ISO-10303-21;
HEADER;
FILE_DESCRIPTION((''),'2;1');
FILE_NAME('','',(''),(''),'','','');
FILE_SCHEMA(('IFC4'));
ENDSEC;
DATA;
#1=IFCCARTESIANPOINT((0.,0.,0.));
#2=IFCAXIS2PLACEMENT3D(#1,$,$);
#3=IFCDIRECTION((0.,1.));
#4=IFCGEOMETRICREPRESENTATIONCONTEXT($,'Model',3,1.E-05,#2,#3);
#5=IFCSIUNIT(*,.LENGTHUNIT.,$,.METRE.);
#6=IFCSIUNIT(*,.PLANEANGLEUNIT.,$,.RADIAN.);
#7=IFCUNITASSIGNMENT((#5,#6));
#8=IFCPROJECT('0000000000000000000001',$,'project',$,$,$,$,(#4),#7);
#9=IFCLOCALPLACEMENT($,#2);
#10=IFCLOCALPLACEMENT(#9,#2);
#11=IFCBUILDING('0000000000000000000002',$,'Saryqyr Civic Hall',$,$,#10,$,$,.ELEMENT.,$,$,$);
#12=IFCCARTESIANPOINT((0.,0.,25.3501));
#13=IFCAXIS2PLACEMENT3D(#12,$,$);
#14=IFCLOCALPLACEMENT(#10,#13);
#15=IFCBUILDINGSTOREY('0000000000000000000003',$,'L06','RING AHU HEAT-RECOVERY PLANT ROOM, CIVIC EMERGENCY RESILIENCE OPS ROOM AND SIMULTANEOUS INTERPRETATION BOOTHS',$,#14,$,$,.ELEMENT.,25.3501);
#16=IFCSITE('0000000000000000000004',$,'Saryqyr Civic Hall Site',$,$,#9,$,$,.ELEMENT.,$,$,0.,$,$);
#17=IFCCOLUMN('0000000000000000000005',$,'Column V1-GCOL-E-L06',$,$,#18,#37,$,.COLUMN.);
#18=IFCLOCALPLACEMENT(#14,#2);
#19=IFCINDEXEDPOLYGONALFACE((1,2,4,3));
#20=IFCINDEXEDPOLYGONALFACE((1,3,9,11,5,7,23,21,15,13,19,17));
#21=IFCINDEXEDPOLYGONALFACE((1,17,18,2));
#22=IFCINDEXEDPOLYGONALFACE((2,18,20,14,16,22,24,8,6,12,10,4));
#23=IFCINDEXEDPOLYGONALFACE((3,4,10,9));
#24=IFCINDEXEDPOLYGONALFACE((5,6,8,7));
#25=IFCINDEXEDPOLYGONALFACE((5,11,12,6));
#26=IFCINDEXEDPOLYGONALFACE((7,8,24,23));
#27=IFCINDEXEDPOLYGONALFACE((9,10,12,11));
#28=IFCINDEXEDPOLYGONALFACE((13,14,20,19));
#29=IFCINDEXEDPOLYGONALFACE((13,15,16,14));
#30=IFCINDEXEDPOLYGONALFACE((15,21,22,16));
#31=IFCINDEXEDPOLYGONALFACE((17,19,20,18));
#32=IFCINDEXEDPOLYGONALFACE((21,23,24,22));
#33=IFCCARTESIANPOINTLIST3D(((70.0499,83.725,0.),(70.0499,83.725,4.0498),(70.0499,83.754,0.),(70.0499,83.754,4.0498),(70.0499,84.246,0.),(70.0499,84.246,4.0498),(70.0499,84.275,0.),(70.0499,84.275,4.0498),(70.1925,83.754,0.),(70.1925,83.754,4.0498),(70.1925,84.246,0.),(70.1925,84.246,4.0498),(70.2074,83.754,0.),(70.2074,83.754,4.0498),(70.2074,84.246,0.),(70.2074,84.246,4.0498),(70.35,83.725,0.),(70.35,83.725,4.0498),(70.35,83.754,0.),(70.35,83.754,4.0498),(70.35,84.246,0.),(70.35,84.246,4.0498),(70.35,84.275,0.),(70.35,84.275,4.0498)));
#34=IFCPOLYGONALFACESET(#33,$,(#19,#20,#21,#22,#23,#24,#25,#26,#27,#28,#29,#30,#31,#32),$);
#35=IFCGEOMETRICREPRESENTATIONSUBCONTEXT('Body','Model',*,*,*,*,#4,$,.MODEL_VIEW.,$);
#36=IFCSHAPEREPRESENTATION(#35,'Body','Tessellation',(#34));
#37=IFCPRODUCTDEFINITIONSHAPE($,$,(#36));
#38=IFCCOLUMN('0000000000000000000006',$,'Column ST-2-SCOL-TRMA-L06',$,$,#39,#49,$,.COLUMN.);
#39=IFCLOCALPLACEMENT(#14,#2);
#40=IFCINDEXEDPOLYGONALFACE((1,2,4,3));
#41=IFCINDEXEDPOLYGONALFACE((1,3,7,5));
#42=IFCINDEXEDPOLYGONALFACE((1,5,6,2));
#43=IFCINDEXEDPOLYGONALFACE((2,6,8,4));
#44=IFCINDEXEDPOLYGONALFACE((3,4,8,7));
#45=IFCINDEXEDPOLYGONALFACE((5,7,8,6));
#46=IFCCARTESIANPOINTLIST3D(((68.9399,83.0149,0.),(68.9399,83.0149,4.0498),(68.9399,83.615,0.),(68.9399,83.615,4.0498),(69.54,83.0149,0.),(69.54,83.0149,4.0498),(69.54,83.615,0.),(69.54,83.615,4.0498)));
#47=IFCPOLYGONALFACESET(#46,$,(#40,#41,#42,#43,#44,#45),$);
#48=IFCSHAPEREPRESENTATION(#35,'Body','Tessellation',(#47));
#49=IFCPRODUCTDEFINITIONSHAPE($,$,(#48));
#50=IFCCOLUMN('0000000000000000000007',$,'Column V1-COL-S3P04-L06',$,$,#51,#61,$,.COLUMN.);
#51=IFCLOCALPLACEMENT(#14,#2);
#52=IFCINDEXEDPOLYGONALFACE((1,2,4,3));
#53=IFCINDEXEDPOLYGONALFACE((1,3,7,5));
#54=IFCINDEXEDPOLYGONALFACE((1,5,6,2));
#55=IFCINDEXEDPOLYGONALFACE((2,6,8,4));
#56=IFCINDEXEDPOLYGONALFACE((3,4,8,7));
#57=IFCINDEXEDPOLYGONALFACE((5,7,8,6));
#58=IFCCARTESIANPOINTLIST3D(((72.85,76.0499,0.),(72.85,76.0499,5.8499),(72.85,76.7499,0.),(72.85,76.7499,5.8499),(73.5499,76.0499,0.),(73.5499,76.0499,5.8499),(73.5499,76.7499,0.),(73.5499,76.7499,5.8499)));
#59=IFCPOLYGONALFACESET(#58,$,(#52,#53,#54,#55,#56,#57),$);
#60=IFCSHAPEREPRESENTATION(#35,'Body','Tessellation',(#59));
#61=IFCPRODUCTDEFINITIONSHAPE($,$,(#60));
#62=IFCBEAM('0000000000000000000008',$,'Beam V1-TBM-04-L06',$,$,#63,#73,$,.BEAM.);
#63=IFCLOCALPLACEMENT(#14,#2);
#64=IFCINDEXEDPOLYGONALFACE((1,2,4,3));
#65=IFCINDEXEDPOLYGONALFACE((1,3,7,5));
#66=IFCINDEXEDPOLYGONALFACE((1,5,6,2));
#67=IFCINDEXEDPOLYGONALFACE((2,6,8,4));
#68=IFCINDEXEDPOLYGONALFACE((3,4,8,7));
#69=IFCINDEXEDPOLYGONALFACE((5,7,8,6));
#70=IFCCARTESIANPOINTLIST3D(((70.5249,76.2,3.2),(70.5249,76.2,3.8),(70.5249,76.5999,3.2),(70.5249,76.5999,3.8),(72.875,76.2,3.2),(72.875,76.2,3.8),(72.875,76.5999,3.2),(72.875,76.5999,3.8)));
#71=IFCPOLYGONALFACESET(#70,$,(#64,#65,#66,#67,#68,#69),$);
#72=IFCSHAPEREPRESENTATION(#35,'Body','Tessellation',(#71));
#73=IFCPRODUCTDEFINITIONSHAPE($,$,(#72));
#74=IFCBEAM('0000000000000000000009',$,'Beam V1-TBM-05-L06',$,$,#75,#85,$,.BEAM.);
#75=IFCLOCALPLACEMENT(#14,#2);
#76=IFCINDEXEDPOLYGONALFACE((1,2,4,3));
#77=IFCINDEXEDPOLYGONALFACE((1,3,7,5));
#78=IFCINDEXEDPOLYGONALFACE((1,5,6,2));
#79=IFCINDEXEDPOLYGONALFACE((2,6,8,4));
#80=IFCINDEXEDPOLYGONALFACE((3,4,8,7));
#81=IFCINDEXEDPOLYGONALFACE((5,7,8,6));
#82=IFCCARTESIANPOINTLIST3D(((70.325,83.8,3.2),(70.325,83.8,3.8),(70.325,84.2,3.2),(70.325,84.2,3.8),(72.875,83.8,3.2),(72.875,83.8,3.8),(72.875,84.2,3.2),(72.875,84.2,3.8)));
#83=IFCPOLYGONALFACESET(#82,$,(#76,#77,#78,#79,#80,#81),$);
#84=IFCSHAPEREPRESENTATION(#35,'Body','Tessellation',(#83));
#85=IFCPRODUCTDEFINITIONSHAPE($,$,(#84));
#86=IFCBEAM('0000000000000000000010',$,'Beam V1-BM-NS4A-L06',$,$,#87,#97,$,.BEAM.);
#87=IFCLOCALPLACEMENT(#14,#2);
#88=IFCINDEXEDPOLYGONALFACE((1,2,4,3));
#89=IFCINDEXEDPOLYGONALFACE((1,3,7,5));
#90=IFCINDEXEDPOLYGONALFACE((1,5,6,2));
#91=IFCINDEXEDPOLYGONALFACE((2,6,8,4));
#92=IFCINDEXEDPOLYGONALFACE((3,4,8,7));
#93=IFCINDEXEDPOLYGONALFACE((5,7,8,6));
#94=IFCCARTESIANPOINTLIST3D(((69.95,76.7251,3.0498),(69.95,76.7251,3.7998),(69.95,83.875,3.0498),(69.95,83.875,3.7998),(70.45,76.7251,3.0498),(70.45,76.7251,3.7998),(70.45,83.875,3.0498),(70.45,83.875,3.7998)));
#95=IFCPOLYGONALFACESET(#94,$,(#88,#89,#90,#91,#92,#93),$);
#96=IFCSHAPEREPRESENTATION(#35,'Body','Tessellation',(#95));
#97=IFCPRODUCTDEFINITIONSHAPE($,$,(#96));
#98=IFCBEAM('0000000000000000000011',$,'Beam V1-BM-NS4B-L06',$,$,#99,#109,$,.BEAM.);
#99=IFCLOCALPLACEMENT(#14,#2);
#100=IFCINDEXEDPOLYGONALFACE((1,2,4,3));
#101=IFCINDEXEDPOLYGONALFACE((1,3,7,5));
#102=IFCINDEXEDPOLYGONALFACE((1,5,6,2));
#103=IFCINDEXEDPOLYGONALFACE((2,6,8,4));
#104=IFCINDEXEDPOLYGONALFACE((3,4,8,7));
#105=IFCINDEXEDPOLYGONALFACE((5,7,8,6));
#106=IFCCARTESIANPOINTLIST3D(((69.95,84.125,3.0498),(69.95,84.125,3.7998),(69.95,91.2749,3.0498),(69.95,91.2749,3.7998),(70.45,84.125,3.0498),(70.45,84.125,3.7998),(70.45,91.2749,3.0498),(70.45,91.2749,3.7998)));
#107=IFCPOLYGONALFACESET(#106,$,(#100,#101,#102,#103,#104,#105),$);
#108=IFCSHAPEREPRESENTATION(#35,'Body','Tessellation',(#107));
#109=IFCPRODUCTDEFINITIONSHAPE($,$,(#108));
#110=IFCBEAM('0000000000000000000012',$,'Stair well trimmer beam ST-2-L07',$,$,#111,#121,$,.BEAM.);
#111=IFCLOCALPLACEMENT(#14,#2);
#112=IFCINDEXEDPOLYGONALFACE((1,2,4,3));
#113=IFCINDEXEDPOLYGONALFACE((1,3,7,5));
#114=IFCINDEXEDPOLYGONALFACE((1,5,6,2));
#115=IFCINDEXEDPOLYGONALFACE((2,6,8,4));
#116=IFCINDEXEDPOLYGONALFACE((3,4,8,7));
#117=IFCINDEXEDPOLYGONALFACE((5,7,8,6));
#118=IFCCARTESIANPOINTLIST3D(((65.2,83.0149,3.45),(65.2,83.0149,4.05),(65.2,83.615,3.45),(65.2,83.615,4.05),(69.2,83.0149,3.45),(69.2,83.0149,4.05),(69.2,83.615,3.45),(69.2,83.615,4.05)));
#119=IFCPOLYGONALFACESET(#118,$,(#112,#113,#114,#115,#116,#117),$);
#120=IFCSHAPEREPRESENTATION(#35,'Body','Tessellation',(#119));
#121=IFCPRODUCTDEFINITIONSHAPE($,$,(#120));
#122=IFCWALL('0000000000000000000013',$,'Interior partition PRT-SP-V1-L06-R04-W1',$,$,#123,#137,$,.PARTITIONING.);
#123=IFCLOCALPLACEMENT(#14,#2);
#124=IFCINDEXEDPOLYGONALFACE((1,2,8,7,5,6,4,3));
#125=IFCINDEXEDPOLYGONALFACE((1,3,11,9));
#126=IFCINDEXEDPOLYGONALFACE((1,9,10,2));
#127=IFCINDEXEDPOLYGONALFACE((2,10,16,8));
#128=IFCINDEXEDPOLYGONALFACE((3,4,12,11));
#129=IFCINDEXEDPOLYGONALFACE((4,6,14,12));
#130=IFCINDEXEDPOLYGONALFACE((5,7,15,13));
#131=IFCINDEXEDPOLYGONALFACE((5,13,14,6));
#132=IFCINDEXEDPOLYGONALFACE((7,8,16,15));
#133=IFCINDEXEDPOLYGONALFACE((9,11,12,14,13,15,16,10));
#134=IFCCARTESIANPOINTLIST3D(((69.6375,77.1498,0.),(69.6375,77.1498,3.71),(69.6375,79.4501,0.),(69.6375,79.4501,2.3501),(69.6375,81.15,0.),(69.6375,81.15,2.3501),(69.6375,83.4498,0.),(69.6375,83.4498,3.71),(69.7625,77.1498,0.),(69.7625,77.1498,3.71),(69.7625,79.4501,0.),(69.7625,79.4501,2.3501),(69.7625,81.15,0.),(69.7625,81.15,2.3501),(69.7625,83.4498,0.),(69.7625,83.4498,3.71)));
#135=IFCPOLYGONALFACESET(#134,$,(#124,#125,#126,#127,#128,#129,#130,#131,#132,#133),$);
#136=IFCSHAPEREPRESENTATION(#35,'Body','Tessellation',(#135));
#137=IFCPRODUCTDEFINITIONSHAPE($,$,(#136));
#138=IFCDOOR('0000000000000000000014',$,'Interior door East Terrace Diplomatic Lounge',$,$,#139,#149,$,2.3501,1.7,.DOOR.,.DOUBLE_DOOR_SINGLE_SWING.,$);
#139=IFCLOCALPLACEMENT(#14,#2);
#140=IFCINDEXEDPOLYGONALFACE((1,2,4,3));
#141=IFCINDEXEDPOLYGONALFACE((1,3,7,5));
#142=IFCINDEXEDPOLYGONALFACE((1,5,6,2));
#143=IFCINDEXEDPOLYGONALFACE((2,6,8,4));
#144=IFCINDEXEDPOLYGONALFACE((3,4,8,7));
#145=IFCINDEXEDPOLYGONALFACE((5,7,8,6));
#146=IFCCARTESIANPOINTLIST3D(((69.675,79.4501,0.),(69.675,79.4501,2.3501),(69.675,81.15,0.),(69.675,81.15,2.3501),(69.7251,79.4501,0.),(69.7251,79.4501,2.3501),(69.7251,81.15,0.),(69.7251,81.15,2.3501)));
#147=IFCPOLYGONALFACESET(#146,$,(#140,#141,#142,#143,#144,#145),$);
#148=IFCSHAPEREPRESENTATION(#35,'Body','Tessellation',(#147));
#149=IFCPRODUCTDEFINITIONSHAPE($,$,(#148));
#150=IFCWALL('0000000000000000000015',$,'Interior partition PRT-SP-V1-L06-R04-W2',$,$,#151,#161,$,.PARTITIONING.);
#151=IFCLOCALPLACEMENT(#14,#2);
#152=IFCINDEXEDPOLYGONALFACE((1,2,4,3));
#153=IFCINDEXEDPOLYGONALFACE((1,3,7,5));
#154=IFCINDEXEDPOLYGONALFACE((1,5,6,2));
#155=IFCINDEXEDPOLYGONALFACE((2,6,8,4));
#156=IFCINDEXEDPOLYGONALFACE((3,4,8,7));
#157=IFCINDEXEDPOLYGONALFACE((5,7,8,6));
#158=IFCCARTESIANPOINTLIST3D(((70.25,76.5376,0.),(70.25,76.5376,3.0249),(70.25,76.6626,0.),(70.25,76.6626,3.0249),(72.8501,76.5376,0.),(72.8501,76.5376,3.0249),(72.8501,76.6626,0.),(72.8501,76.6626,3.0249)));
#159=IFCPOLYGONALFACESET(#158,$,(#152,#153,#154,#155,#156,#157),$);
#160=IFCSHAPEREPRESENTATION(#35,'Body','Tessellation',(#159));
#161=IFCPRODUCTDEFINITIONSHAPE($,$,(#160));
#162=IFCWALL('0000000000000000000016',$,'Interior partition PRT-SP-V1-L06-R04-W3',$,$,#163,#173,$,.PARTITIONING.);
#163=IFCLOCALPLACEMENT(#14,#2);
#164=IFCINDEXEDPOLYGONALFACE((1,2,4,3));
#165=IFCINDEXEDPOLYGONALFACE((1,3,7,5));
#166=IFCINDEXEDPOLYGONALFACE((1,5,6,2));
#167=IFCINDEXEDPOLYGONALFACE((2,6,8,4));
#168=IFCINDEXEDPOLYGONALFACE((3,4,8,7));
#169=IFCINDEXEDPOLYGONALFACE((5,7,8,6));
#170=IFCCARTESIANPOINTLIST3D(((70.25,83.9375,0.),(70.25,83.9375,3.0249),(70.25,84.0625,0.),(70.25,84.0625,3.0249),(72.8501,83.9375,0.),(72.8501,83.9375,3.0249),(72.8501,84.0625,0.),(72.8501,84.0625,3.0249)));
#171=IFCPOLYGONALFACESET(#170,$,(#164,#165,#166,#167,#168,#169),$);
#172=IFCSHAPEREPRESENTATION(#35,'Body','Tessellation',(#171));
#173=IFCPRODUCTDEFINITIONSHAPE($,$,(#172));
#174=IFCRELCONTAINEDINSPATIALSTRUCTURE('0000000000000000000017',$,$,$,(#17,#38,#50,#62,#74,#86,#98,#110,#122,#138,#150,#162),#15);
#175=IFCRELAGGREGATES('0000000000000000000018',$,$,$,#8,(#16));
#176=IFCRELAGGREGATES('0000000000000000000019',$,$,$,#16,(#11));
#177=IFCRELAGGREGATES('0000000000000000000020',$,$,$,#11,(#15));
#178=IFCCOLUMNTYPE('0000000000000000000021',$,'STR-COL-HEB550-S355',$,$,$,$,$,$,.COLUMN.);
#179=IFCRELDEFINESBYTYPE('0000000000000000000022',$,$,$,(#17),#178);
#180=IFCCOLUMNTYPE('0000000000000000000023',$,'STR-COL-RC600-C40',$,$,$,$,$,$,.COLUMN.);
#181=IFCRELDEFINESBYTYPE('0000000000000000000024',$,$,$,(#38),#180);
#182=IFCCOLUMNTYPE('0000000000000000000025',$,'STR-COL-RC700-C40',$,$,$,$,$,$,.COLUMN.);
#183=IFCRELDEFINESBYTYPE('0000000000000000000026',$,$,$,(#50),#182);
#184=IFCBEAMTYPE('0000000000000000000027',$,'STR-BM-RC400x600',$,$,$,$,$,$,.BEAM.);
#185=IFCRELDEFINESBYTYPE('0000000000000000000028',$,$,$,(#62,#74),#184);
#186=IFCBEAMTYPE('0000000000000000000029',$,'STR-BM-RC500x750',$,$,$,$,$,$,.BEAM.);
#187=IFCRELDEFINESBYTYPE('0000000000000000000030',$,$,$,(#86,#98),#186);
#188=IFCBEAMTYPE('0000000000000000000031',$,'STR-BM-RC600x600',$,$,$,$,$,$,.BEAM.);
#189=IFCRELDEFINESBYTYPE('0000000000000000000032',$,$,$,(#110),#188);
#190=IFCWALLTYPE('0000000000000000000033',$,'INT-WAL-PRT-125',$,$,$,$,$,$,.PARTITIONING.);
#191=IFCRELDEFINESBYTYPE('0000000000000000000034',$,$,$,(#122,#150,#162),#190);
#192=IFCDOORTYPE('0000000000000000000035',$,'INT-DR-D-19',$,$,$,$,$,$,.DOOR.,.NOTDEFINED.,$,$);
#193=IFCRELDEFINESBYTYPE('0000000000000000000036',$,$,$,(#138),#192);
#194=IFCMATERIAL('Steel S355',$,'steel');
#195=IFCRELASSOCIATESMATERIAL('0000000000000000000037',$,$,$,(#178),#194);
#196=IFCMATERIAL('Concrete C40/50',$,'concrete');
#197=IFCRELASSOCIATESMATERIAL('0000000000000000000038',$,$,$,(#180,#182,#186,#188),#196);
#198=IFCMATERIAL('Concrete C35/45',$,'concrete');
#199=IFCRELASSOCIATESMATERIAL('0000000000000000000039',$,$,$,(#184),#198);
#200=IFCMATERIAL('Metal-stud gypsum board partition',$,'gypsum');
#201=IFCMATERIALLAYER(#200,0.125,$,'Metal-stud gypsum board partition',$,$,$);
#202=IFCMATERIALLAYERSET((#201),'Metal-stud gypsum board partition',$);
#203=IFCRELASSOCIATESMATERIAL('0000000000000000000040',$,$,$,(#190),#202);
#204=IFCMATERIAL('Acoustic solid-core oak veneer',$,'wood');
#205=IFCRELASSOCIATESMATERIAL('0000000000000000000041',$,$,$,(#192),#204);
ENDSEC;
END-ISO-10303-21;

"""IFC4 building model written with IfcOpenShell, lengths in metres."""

from ifc_helpers import new_model, si_unit, direction, frame, frame_2d, origin, origin_2d, place, context, subcontext, project, spatial, rectangle, i_section, extrude, material, layer, layer_set, material_profile, profile_set, type_object, element, fill, save


model = new_model("IFC4")

# Units and contexts
model_context = context("Model", 3, precision=1e-05, world=origin(), true_north=direction((0.0, 1.0)))
body_context = subcontext(model_context, "Body", "Model", "MODEL_VIEW")
ifc_project = project(units=[si_unit("LENGTHUNIT", "METRE"), si_unit("PLANEANGLEUNIT", "RADIAN")], contexts=[model_context])

# Site, building, storey
site_placement = place(None, origin())
site = spatial("IfcSite", under=ifc_project, at=site_placement, Name="Saryqyr Civic Hall Site", CompositionType="ELEMENT", RefElevation=0.0)
building_placement = place(site_placement, origin())
building = spatial("IfcBuilding", under=site, at=building_placement, Name="Saryqyr Civic Hall", CompositionType="ELEMENT")
storey_placement = place(building_placement, frame((0.0, 0.0, 25.3501)))
storey = spatial("IfcBuildingStorey", under=building, at=storey_placement, Name="L06", Description="RING AHU HEAT-RECOVERY PLANT ROOM, CIVIC EMERGENCY RESILIENCE OPS ROOM AND SIMULTANEOUS INTERPRETATION BOOTHS", CompositionType="ELEMENT", Elevation=25.3501)

# Columns
ifc_material_1 = material(Name="Steel S355", Category="steel")
ifc_material_profile_1 = material_profile(ifc_material_1, i_section(OverallWidth=0.3, OverallDepth=0.55, WebThickness=0.0149, FlangeThickness=0.0291, at=origin_2d()), Name="HEB 550")
ifc_profile_set_1 = profile_set([ifc_material_profile_1], Name="Steel S355")
column_type_1 = type_object("IfcColumnType", Name="STR-COL-HEB550-S355", PredefinedType="COLUMN", material=ifc_profile_set_1)
column_1_placement = place(storey_placement, frame((70.2, 84.0, 0.0), z_axis=(0.0, 0.0, 1.0), x_axis=(1.0, 0.0, 0.0)))
element("IfcColumn", 1, at=column_1_placement, inside=storey, type_object=column_type_1, Name="Column V1-GCOL-E-L06", PredefinedType="COLUMN", context=body_context, shape_type="SweptSolid", body=[
    extrude(i_section(OverallWidth=0.3, OverallDepth=0.55, WebThickness=0.0149, FlangeThickness=0.0291, at=origin_2d()), origin(), (0.0, 0.0, 1.0), 4.0498),
])
ifc_material_2 = material(Name="Concrete C40/50", Category="concrete")
ifc_material_profile_2 = material_profile(ifc_material_2, rectangle(XDim=0.6001, YDim=0.6001, at=origin_2d()), Name="RC 600x600")
ifc_profile_set_2 = profile_set([ifc_material_profile_2], Name="Concrete C40/50")
column_type_2 = type_object("IfcColumnType", Name="STR-COL-RC600-C40", PredefinedType="COLUMN", material=ifc_profile_set_2)
column_2_placement = place(storey_placement, frame((69.24, 83.3149, 0.0), z_axis=(0.0, 0.0, 1.0), x_axis=(1.0, 0.0, 0.0)))
element("IfcColumn", 2, at=column_2_placement, inside=storey, type_object=column_type_2, Name="Column ST-2-SCOL-TRMA-L06", PredefinedType="COLUMN", context=body_context, shape_type="SweptSolid", body=[
    extrude(rectangle(XDim=0.6001, YDim=0.6001, at=origin_2d()), origin(), (0.0, 0.0, 1.0), 4.0498),
])
ifc_material_profile_3 = material_profile(ifc_material_2, rectangle(XDim=0.7, YDim=0.7, at=origin_2d()), Name="RC 700x700")
ifc_profile_set_3 = profile_set([ifc_material_profile_3], Name="Concrete C40/50")
column_type_3 = type_object("IfcColumnType", Name="STR-COL-RC700-C40", PredefinedType="COLUMN", material=ifc_profile_set_3)
column_3_placement = place(storey_placement, frame((73.2, 76.3999, 0.0), z_axis=(0.0, 0.0, 1.0), x_axis=(1.0, 0.0, 0.0)))
element("IfcColumn", 3, at=column_3_placement, inside=storey, type_object=column_type_3, Name="Column V1-COL-S3P04-L06", PredefinedType="COLUMN", context=body_context, shape_type="SweptSolid", body=[
    extrude(rectangle(XDim=0.7, YDim=0.7, at=origin_2d()), origin(), (0.0, 0.0, 1.0), 5.8499),
])

# Beams
ifc_material_3 = material(Name="Concrete C35/45", Category="concrete")
ifc_material_profile_4 = material_profile(ifc_material_3, rectangle(XDim=0.3999, YDim=0.6001, at=origin_2d()), Name="RC 400x600")
ifc_profile_set_4 = profile_set([ifc_material_profile_4], Name="Concrete C35/45")
beam_type_1 = type_object("IfcBeamType", Name="STR-BM-RC400x600", PredefinedType="BEAM", material=ifc_profile_set_4)
beam_1_placement = place(storey_placement, frame((70.5249, 76.3999, 3.5), z_axis=(1.0, 0.0, 0.0), x_axis=(0.0, 1.0, 0.0)))
element("IfcBeam", 4, at=beam_1_placement, inside=storey, type_object=beam_type_1, Name="Beam V1-TBM-04-L06", PredefinedType="BEAM", context=body_context, shape_type="SweptSolid", body=[
    extrude(rectangle(XDim=0.3999, YDim=0.6001, at=origin_2d()), origin(), (0.0, 0.0, 1.0), 2.3501),
])
beam_2_placement = place(storey_placement, frame((70.325, 84.0, 3.5), z_axis=(1.0, 0.0, 0.0), x_axis=(0.0, 1.0, 0.0)))
element("IfcBeam", 5, at=beam_2_placement, inside=storey, type_object=beam_type_1, Name="Beam V1-TBM-05-L06", PredefinedType="BEAM", context=body_context, shape_type="SweptSolid", body=[
    extrude(rectangle(XDim=0.3999, YDim=0.6001, at=origin_2d()), origin(), (0.0, 0.0, 1.0), 2.55),
])
ifc_material_profile_5 = material_profile(ifc_material_2, rectangle(XDim=0.5, YDim=0.75, at=origin_2d()), Name="RC 500x750")
ifc_profile_set_5 = profile_set([ifc_material_profile_5], Name="Concrete C40/50")
beam_type_2 = type_object("IfcBeamType", Name="STR-BM-RC500x750", PredefinedType="BEAM", material=ifc_profile_set_5)
for number, where, z_axis, x_axis, name in (
    (6, (70.2, 76.7251, 3.4248), (0.0, 1.0, 0.0), (-1.0, 0.0, 0.0), "Beam V1-BM-NS4A-L06"),
    (7, (70.2, 84.125, 3.4248), (0.0, 1.0, 0.0), (-1.0, 0.0, 0.0), "Beam V1-BM-NS4B-L06"),
):
    element("IfcBeam", number, at=place(storey_placement, frame(where, z_axis=z_axis, x_axis=x_axis)), inside=storey, type_object=beam_type_2, Name=name, PredefinedType="BEAM", context=body_context, shape_type="SweptSolid", body=[
        extrude(rectangle(XDim=0.5, YDim=0.75, at=origin_2d()), origin(), (0.0, 0.0, 1.0), 7.1499),
    ])
ifc_material_profile_6 = material_profile(ifc_material_2, rectangle(XDim=0.6001, YDim=0.6001, at=origin_2d()), Name="RC 600x600")
ifc_profile_set_6 = profile_set([ifc_material_profile_6], Name="Concrete C40/50")
beam_type_3 = type_object("IfcBeamType", Name="STR-BM-RC600x600", PredefinedType="BEAM", material=ifc_profile_set_6)
beam_3_placement = place(storey_placement, frame((69.2, 83.3149, 3.75), z_axis=(-1.0, 0.0, 0.0), x_axis=(0.0, -1.0, 0.0)))
element("IfcBeam", 8, at=beam_3_placement, inside=storey, type_object=beam_type_3, Name="Stair well trimmer beam ST-2-L07", PredefinedType="BEAM", context=body_context, shape_type="SweptSolid", body=[
    extrude(rectangle(XDim=0.6001, YDim=0.6001, at=origin_2d()), origin(), (0.0, 0.0, 1.0), 4.0),
])

# Wall, opening, door
ifc_material_4 = material(Name="Metal-stud gypsum board partition", Category="gypsum")
ifc_layer_1 = layer(ifc_material_4, 0.125, Name="Metal-stud gypsum board partition")
ifc_layer_set_1 = layer_set([ifc_layer_1], Name="Metal-stud gypsum board partition")
wall_type_1 = type_object("IfcWallType", Name="INT-WAL-PRT-125", PredefinedType="PARTITIONING", material=ifc_layer_set_1)
wall_1_placement = place(storey_placement, frame((69.7, 77.1499, 0.0), z_axis=(0.0, 0.0, 1.0), x_axis=(0.0, 1.0, 0.0)))
wall_1 = element("IfcWall", 9, at=wall_1_placement, inside=storey, type_object=wall_type_1, Name="Interior partition PRT-SP-V1-L06-R04-W1", PredefinedType="PARTITIONING", context=body_context, shape_type="SweptSolid", body=[
    extrude(rectangle(XDim=6.3, YDim=0.125, at=frame_2d((3.1499, 0.0))), origin(), (0.0, 0.0, 1.0), 3.71),
])
opening_1_placement = place(wall_1_placement, frame((2.3, 0.0, 0.0)))
opening_1 = element("IfcOpeningElement", 10, at=opening_1_placement, cuts=wall_1, PredefinedType="OPENING", context=body_context, shape_type="SweptSolid", body=[
    extrude(rectangle(XDim=1.7, YDim=2.3501, at=frame_2d((0.8501, 1.175))), frame((0.0, 0.0725, 0.0), z_axis=(0.0, -1.0, 0.0), x_axis=(1.0, 0.0, 0.0)), (0.0, 0.0, 1.0), 0.145),
])
ifc_material_5 = material(Name="Acoustic solid-core oak veneer", Category="wood")
door_type_1 = type_object("IfcDoorType", Name="INT-DR-D-19", OperationType="NOTDEFINED", PredefinedType="DOOR", material=ifc_material_5)
door_1_placement = place(opening_1_placement, origin())
door_1 = element("IfcDoor", 11, at=door_1_placement, inside=storey, type_object=door_type_1, Name="Interior door East Terrace Diplomatic Lounge", OperationType="DOUBLE_DOOR_SINGLE_SWING", OverallHeight=2.3501, OverallWidth=1.7, PredefinedType="DOOR", context=body_context, shape_type="SweptSolid", body=[
    extrude(rectangle(XDim=1.7, YDim=2.3501, at=frame_2d((0.8501, 1.175))), frame((0.0, 0.0249, 0.0), z_axis=(0.0, -1.0, 0.0), x_axis=(1.0, 0.0, 0.0)), (0.0, 0.0, 1.0), 0.05),
])
fill(opening_1, door_1)

# Walls
for number, where, z_axis, x_axis, name in (
    (12, (72.8501, 76.6001, 0.0), (0.0, 0.0, 1.0), (-1.0, 0.0, 0.0), "Interior partition PRT-SP-V1-L06-R04-W2"),
    (13, (70.25, 84.0, 0.0), (0.0, 0.0, 1.0), (1.0, 0.0, 0.0), "Interior partition PRT-SP-V1-L06-R04-W3"),
):
    element("IfcWall", number, at=place(storey_placement, frame(where, z_axis=z_axis, x_axis=x_axis)), inside=storey, type_object=wall_type_1, Name=name, PredefinedType="PARTITIONING", context=body_context, shape_type="SweptSolid", body=[
        extrude(rectangle(XDim=2.6001, YDim=0.125, at=frame_2d((1.3, 0.0))), origin(), (0.0, 0.0, 1.0), 3.0249),
    ])

save(model, "model.ifc")
